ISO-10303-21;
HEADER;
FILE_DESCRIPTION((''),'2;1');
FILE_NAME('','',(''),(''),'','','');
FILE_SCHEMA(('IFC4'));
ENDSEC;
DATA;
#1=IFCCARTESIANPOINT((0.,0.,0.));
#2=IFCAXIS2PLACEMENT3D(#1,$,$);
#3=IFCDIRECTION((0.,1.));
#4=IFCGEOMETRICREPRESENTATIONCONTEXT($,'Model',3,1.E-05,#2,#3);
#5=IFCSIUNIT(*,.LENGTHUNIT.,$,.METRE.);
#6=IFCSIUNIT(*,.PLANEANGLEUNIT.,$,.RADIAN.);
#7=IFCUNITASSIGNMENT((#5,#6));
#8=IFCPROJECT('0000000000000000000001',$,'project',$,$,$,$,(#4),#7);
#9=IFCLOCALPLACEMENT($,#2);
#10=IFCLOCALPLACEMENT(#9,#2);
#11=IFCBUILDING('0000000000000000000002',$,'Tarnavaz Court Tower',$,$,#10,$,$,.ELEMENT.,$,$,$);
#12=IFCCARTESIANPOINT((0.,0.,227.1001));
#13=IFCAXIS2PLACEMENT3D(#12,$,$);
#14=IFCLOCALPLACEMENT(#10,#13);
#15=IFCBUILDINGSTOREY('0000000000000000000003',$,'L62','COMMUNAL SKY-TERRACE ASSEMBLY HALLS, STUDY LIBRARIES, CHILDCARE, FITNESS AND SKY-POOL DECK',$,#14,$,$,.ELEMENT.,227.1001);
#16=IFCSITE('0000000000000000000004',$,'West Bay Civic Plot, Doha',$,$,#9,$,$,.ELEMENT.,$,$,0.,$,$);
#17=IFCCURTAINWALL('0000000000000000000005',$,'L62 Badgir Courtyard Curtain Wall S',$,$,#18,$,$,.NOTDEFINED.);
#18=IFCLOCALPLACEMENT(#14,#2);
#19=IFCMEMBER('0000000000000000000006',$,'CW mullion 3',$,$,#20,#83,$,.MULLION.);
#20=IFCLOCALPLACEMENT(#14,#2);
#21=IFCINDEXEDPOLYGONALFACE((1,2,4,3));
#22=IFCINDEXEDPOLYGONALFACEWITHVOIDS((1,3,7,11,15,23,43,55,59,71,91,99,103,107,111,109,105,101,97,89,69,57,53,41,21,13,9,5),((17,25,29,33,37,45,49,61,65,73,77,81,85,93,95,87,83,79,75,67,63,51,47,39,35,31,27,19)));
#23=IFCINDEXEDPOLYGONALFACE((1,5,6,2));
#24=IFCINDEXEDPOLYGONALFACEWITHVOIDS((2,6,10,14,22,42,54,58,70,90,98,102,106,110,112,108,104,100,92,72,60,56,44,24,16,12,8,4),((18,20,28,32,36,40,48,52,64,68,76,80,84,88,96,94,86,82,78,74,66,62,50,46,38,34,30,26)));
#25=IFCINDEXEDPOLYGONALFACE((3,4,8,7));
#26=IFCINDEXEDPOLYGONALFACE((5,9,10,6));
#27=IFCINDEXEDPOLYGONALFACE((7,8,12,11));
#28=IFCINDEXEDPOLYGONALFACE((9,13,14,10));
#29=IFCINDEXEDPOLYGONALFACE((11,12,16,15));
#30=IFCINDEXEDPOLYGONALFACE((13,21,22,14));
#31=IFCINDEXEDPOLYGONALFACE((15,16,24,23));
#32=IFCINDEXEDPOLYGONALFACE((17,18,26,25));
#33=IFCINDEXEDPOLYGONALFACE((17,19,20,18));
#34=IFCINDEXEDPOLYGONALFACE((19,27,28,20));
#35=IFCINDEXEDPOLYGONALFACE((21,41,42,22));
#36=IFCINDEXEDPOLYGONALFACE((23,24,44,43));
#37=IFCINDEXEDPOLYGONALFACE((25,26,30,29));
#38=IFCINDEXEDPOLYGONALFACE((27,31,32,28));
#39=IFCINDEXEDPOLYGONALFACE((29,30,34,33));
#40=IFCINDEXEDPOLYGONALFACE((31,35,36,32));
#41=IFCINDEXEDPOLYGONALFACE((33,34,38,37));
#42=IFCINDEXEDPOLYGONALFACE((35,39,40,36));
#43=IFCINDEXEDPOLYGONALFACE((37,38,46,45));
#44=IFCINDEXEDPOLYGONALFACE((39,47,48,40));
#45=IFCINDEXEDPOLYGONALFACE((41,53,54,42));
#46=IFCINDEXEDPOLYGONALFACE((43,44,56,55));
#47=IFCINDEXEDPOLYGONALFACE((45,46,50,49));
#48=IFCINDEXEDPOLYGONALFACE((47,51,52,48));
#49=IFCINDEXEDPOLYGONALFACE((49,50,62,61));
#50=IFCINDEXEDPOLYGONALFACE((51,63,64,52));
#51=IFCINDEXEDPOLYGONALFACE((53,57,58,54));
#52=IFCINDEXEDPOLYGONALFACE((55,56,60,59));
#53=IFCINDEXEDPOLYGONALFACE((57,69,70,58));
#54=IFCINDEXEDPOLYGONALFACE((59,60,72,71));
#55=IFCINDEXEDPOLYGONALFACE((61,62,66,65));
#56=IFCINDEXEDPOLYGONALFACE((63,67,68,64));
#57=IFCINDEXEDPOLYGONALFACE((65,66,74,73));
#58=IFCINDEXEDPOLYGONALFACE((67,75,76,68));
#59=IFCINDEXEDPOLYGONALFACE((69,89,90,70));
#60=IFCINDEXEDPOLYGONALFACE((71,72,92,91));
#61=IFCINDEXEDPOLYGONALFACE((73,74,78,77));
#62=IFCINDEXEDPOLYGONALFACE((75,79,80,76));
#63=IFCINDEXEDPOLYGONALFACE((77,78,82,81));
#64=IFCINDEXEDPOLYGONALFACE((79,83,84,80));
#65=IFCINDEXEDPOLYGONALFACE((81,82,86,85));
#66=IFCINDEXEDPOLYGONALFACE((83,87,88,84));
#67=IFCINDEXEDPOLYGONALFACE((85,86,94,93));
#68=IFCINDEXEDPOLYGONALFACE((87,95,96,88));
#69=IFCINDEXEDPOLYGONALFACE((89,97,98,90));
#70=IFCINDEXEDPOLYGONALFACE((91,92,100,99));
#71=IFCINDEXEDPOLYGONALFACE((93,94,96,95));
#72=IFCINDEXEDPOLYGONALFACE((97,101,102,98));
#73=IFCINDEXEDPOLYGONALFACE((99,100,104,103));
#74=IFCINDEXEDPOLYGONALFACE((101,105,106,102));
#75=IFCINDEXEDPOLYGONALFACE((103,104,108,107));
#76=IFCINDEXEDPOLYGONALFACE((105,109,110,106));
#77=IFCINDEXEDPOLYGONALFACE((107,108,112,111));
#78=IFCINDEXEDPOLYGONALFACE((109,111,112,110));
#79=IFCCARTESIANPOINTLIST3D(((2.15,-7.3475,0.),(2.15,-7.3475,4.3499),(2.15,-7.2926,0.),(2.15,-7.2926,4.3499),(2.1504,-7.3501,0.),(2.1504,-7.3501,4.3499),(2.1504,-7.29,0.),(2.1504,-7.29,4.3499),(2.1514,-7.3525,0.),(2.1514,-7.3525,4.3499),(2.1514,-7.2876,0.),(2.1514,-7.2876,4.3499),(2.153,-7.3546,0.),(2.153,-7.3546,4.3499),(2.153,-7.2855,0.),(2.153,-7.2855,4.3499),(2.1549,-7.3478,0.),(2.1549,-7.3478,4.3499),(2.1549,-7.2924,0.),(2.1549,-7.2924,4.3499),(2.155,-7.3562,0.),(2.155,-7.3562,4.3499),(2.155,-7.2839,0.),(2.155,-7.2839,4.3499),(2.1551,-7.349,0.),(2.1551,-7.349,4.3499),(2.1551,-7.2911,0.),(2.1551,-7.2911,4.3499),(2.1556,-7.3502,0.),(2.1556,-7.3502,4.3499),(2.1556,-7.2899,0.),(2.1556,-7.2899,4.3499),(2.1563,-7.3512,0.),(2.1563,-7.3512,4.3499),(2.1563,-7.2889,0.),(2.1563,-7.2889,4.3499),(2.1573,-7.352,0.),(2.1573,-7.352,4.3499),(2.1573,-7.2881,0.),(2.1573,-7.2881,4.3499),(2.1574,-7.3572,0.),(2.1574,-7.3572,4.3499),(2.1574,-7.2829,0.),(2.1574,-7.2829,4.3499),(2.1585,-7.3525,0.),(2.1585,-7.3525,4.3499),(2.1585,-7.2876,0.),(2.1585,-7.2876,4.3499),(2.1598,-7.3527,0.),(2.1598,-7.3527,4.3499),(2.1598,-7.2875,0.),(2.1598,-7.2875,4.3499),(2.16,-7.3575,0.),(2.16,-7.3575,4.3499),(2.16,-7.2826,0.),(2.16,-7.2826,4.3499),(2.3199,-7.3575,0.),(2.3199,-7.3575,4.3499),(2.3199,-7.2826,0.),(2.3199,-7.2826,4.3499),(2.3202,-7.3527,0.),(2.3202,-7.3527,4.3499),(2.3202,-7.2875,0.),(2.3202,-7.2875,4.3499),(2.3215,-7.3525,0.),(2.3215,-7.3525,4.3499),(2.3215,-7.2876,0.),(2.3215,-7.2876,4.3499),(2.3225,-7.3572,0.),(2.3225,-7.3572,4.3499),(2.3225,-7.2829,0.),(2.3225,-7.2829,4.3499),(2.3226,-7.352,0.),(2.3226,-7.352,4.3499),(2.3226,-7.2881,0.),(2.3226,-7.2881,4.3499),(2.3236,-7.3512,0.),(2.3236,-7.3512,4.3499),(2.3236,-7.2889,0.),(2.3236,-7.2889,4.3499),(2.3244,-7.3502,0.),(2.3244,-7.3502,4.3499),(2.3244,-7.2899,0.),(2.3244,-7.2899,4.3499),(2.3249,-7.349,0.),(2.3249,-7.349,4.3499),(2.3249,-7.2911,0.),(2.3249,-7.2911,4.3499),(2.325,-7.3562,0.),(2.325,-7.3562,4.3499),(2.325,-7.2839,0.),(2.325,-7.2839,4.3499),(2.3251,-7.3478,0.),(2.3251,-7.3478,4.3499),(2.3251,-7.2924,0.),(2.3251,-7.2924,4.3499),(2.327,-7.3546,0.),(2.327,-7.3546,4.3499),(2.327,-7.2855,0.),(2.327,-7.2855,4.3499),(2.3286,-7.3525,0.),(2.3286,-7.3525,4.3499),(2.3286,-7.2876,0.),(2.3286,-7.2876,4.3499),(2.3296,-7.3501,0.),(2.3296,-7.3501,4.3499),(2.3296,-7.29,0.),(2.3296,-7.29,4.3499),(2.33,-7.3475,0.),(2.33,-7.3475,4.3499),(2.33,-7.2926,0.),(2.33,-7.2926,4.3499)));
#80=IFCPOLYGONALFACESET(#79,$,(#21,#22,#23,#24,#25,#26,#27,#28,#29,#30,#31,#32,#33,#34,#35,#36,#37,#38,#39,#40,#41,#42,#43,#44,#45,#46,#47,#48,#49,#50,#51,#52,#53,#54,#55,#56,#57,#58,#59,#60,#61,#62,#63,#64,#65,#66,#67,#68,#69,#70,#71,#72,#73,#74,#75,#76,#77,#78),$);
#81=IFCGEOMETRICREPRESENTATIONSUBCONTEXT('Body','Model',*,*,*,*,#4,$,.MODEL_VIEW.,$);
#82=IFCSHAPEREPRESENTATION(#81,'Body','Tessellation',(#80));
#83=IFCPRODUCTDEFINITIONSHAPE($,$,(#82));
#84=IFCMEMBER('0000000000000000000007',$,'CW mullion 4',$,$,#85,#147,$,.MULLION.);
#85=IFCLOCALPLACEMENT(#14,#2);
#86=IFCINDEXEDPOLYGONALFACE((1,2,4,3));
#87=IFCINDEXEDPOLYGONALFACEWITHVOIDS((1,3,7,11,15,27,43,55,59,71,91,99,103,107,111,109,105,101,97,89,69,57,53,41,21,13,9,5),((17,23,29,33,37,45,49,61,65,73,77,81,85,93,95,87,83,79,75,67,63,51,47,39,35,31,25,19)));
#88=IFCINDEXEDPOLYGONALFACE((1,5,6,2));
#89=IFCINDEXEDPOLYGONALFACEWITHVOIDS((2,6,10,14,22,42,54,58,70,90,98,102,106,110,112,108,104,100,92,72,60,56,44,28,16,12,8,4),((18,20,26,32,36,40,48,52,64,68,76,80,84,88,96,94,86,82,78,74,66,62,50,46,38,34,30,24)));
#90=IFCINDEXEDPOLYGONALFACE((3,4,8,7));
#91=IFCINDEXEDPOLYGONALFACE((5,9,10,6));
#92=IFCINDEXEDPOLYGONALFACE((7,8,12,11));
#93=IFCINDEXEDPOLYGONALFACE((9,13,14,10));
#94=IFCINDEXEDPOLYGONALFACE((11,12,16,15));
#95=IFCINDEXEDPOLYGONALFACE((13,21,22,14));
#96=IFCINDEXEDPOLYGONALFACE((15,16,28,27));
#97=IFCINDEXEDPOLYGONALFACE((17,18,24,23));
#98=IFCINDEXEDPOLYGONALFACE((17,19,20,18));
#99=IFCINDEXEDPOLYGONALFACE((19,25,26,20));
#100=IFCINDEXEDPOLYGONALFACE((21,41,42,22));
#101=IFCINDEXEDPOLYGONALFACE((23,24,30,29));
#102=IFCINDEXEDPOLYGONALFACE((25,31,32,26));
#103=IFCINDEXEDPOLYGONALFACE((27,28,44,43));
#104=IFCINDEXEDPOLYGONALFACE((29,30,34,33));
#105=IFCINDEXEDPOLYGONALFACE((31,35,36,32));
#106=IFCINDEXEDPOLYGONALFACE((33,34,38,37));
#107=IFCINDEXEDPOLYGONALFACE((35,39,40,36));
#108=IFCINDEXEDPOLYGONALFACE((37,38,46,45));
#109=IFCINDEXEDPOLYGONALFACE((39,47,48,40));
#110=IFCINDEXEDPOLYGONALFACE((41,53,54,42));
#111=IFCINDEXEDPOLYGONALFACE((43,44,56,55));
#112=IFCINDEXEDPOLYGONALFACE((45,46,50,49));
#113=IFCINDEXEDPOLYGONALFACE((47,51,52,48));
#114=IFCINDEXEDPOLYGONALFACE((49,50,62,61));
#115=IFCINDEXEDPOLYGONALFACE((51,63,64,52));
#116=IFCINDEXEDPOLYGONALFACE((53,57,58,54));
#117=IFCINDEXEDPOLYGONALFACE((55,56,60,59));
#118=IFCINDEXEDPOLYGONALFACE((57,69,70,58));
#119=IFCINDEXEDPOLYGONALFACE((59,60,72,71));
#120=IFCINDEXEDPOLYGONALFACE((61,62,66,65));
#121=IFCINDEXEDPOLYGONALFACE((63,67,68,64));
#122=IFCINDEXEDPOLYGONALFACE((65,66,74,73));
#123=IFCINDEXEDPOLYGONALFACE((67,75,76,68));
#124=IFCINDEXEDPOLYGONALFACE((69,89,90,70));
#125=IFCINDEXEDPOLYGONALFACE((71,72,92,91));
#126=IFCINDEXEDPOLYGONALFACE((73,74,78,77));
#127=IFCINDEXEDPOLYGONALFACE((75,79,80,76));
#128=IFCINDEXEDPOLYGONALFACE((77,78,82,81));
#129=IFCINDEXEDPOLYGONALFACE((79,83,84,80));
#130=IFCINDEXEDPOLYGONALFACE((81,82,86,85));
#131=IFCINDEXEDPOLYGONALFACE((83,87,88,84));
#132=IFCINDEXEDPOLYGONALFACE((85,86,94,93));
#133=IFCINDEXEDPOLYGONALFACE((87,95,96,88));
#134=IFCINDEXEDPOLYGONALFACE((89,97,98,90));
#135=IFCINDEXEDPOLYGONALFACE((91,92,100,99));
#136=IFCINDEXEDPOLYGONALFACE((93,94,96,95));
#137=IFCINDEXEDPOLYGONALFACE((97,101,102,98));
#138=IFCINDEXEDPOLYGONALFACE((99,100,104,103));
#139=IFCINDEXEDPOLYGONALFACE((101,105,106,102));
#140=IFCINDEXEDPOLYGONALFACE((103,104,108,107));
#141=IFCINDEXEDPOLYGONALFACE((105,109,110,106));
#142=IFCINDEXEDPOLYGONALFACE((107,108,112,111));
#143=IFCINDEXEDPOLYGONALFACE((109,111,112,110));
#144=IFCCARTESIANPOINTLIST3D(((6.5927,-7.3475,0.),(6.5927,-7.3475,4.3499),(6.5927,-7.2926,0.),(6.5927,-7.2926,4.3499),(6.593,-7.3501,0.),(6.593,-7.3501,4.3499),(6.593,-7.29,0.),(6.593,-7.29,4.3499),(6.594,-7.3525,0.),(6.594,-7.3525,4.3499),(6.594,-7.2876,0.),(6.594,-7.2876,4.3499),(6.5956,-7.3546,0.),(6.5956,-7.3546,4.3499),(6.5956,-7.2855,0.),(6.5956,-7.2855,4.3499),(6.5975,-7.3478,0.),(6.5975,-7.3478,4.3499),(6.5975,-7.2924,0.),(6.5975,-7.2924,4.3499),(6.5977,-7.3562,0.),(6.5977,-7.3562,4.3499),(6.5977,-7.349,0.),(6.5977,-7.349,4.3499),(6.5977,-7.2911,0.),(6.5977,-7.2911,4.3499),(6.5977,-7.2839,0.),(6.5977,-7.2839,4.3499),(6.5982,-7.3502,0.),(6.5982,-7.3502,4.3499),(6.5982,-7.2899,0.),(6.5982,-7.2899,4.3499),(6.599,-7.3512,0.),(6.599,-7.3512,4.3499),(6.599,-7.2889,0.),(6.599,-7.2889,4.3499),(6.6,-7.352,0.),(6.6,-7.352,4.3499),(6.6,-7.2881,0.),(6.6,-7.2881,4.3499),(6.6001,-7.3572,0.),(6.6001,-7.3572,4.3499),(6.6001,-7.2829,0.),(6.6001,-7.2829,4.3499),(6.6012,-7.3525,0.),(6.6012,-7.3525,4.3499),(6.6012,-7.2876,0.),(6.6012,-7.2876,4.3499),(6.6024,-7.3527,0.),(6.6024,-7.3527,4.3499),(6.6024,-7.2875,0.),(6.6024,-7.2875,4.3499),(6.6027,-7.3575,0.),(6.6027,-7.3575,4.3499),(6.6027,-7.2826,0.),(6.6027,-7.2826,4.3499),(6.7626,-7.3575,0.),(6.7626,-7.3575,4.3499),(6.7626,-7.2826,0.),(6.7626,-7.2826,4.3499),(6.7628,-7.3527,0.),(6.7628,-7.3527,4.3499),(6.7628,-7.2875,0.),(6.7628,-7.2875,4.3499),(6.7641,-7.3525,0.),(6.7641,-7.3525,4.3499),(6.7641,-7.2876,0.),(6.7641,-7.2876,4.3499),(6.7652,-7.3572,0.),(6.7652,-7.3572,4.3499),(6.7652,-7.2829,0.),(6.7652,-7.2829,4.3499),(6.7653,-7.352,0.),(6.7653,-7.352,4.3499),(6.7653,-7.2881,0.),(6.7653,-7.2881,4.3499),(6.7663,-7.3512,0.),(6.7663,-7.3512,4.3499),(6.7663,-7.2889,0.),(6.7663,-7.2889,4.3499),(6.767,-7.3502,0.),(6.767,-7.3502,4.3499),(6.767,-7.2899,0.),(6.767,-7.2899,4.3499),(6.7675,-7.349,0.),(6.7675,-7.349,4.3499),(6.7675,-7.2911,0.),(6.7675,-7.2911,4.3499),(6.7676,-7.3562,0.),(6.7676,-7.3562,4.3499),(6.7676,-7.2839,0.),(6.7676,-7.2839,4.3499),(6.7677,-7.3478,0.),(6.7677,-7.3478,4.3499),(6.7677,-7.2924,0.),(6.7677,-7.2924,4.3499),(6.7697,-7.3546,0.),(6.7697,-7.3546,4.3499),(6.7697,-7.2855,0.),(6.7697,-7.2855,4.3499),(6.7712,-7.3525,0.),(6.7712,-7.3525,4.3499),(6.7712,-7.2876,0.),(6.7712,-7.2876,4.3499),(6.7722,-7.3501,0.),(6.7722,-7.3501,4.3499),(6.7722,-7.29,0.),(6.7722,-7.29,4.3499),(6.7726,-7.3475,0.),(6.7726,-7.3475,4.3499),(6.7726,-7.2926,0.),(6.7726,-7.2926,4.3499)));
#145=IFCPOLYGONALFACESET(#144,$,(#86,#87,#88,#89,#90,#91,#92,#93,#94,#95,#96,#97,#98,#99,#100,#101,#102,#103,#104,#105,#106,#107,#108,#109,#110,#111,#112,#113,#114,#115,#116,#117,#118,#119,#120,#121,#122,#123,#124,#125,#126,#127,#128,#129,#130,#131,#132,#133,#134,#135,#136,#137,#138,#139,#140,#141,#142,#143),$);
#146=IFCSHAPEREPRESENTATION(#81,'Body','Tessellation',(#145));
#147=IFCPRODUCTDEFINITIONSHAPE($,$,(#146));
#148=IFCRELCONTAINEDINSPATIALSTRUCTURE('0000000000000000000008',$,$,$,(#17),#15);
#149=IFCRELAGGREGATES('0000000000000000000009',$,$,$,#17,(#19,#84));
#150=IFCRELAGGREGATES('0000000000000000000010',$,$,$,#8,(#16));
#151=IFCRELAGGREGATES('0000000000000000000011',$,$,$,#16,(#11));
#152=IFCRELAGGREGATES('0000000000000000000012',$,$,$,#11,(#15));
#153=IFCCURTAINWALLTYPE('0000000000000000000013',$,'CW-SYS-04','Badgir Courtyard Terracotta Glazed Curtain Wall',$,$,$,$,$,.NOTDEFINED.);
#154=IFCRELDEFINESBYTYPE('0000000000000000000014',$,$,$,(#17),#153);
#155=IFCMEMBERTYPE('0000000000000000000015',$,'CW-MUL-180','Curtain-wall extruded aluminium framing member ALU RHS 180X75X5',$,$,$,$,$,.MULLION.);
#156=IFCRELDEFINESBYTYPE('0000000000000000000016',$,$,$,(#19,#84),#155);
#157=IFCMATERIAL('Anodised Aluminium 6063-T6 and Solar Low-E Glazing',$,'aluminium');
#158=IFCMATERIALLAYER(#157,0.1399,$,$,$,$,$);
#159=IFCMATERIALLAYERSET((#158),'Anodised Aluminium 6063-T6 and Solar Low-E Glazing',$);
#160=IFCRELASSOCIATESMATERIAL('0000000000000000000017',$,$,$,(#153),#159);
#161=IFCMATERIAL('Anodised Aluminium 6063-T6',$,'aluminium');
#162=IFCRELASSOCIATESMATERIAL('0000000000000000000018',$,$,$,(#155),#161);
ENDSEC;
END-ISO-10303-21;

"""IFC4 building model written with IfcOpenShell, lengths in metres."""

from ifc_helpers import new_model, si_unit, direction, frame, origin, origin_2d, place, context, subcontext, project, spatial, hollow_rectangle, extrude, material, layer, layer_set, material_profile, profile_set, type_object, element, aggregate, save


model = new_model("IFC4")

# Units and contexts
model_context = context("Model", 3, precision=1e-05, world=origin(), true_north=direction((0.0, 1.0)))
body_context = subcontext(model_context, "Body", "Model", "MODEL_VIEW")
ifc_project = project(units=[si_unit("LENGTHUNIT", "METRE"), si_unit("PLANEANGLEUNIT", "RADIAN")], contexts=[model_context])

# Site, building, storey
site_placement = place(None, origin())
site = spatial("IfcSite", under=ifc_project, at=site_placement, Name="West Bay Civic Plot, Doha", CompositionType="ELEMENT", RefElevation=0.0)
building_placement = place(site_placement, origin())
building = spatial("IfcBuilding", under=site, at=building_placement, Name="Tarnavaz Court Tower", CompositionType="ELEMENT")
storey_placement = place(building_placement, frame((0.0, 0.0, 227.1001)))
storey = spatial("IfcBuildingStorey", under=building, at=storey_placement, Name="L62", Description="COMMUNAL SKY-TERRACE ASSEMBLY HALLS, STUDY LIBRARIES, CHILDCARE, FITNESS AND SKY-POOL DECK", CompositionType="ELEMENT", Elevation=227.1001)

# Curtain wall, members
ifc_material_1 = material(Name="Anodised Aluminium 6063-T6 and Solar Low-E Glazing", Category="aluminium")
ifc_layer_1 = layer(ifc_material_1, 0.1399)
ifc_layer_set_1 = layer_set([ifc_layer_1], Name="Anodised Aluminium 6063-T6 and Solar Low-E Glazing")
curtain_wall_type = type_object("IfcCurtainWallType", Name="CW-SYS-04", Description="Badgir Courtyard Terracotta Glazed Curtain Wall", PredefinedType="NOTDEFINED", material=ifc_layer_set_1)
curtain_wall_placement = place(storey_placement, origin())
curtain_wall = element("IfcCurtainWall", 1, at=curtain_wall_placement, inside=storey, type_object=curtain_wall_type, Name="L62 Badgir Courtyard Curtain Wall S", PredefinedType="NOTDEFINED")
ifc_material_2 = material(Name="Anodised Aluminium 6063-T6", Category="aluminium")
ifc_material_profile_1 = material_profile(ifc_material_2, hollow_rectangle(XDim=0.075, YDim=0.1799, WallThickness=0.0049, InnerFilletRadius=0.0049, OuterFilletRadius=0.01, at=origin_2d()), Name="ALU RHS 180X75X5")
ifc_profile_set_1 = profile_set([ifc_material_profile_1], Name="Anodised Aluminium 6063-T6")
member_type_1 = type_object("IfcMemberType", Name="CW-MUL-180", Description="Curtain-wall extruded aluminium framing member ALU RHS 180X75X5", PredefinedType="MULLION", material=ifc_profile_set_1)
member_1_placement = place(storey_placement, frame((2.24, -7.3201, 0.0), z_axis=(0.0, 0.0, 1.0), x_axis=(0.0, 1.0, 0.0)))
member_1 = element("IfcMember", 2, at=member_1_placement, type_object=member_type_1, Name="CW mullion 3", PredefinedType="MULLION", context=body_context, shape_type="SweptSolid", body=[
    extrude(hollow_rectangle(XDim=0.075, YDim=0.1799, WallThickness=0.0049, InnerFilletRadius=0.0049, OuterFilletRadius=0.01, at=origin_2d()), origin(), (0.0, 0.0, 1.0), 4.3499),
])
member_2_placement = place(storey_placement, frame((6.6826, -7.3201, 0.0), z_axis=(0.0, 0.0, 1.0), x_axis=(0.0, 1.0, 0.0)))
member_2 = element("IfcMember", 3, at=member_2_placement, type_object=member_type_1, Name="CW mullion 4", PredefinedType="MULLION", context=body_context, shape_type="SweptSolid", body=[
    extrude(hollow_rectangle(XDim=0.075, YDim=0.1799, WallThickness=0.0049, InnerFilletRadius=0.0049, OuterFilletRadius=0.01, at=origin_2d()), origin(), (0.0, 0.0, 1.0), 4.3499),
])
aggregate(curtain_wall, [member_1, member_2])

save(model, "model.ifc")
